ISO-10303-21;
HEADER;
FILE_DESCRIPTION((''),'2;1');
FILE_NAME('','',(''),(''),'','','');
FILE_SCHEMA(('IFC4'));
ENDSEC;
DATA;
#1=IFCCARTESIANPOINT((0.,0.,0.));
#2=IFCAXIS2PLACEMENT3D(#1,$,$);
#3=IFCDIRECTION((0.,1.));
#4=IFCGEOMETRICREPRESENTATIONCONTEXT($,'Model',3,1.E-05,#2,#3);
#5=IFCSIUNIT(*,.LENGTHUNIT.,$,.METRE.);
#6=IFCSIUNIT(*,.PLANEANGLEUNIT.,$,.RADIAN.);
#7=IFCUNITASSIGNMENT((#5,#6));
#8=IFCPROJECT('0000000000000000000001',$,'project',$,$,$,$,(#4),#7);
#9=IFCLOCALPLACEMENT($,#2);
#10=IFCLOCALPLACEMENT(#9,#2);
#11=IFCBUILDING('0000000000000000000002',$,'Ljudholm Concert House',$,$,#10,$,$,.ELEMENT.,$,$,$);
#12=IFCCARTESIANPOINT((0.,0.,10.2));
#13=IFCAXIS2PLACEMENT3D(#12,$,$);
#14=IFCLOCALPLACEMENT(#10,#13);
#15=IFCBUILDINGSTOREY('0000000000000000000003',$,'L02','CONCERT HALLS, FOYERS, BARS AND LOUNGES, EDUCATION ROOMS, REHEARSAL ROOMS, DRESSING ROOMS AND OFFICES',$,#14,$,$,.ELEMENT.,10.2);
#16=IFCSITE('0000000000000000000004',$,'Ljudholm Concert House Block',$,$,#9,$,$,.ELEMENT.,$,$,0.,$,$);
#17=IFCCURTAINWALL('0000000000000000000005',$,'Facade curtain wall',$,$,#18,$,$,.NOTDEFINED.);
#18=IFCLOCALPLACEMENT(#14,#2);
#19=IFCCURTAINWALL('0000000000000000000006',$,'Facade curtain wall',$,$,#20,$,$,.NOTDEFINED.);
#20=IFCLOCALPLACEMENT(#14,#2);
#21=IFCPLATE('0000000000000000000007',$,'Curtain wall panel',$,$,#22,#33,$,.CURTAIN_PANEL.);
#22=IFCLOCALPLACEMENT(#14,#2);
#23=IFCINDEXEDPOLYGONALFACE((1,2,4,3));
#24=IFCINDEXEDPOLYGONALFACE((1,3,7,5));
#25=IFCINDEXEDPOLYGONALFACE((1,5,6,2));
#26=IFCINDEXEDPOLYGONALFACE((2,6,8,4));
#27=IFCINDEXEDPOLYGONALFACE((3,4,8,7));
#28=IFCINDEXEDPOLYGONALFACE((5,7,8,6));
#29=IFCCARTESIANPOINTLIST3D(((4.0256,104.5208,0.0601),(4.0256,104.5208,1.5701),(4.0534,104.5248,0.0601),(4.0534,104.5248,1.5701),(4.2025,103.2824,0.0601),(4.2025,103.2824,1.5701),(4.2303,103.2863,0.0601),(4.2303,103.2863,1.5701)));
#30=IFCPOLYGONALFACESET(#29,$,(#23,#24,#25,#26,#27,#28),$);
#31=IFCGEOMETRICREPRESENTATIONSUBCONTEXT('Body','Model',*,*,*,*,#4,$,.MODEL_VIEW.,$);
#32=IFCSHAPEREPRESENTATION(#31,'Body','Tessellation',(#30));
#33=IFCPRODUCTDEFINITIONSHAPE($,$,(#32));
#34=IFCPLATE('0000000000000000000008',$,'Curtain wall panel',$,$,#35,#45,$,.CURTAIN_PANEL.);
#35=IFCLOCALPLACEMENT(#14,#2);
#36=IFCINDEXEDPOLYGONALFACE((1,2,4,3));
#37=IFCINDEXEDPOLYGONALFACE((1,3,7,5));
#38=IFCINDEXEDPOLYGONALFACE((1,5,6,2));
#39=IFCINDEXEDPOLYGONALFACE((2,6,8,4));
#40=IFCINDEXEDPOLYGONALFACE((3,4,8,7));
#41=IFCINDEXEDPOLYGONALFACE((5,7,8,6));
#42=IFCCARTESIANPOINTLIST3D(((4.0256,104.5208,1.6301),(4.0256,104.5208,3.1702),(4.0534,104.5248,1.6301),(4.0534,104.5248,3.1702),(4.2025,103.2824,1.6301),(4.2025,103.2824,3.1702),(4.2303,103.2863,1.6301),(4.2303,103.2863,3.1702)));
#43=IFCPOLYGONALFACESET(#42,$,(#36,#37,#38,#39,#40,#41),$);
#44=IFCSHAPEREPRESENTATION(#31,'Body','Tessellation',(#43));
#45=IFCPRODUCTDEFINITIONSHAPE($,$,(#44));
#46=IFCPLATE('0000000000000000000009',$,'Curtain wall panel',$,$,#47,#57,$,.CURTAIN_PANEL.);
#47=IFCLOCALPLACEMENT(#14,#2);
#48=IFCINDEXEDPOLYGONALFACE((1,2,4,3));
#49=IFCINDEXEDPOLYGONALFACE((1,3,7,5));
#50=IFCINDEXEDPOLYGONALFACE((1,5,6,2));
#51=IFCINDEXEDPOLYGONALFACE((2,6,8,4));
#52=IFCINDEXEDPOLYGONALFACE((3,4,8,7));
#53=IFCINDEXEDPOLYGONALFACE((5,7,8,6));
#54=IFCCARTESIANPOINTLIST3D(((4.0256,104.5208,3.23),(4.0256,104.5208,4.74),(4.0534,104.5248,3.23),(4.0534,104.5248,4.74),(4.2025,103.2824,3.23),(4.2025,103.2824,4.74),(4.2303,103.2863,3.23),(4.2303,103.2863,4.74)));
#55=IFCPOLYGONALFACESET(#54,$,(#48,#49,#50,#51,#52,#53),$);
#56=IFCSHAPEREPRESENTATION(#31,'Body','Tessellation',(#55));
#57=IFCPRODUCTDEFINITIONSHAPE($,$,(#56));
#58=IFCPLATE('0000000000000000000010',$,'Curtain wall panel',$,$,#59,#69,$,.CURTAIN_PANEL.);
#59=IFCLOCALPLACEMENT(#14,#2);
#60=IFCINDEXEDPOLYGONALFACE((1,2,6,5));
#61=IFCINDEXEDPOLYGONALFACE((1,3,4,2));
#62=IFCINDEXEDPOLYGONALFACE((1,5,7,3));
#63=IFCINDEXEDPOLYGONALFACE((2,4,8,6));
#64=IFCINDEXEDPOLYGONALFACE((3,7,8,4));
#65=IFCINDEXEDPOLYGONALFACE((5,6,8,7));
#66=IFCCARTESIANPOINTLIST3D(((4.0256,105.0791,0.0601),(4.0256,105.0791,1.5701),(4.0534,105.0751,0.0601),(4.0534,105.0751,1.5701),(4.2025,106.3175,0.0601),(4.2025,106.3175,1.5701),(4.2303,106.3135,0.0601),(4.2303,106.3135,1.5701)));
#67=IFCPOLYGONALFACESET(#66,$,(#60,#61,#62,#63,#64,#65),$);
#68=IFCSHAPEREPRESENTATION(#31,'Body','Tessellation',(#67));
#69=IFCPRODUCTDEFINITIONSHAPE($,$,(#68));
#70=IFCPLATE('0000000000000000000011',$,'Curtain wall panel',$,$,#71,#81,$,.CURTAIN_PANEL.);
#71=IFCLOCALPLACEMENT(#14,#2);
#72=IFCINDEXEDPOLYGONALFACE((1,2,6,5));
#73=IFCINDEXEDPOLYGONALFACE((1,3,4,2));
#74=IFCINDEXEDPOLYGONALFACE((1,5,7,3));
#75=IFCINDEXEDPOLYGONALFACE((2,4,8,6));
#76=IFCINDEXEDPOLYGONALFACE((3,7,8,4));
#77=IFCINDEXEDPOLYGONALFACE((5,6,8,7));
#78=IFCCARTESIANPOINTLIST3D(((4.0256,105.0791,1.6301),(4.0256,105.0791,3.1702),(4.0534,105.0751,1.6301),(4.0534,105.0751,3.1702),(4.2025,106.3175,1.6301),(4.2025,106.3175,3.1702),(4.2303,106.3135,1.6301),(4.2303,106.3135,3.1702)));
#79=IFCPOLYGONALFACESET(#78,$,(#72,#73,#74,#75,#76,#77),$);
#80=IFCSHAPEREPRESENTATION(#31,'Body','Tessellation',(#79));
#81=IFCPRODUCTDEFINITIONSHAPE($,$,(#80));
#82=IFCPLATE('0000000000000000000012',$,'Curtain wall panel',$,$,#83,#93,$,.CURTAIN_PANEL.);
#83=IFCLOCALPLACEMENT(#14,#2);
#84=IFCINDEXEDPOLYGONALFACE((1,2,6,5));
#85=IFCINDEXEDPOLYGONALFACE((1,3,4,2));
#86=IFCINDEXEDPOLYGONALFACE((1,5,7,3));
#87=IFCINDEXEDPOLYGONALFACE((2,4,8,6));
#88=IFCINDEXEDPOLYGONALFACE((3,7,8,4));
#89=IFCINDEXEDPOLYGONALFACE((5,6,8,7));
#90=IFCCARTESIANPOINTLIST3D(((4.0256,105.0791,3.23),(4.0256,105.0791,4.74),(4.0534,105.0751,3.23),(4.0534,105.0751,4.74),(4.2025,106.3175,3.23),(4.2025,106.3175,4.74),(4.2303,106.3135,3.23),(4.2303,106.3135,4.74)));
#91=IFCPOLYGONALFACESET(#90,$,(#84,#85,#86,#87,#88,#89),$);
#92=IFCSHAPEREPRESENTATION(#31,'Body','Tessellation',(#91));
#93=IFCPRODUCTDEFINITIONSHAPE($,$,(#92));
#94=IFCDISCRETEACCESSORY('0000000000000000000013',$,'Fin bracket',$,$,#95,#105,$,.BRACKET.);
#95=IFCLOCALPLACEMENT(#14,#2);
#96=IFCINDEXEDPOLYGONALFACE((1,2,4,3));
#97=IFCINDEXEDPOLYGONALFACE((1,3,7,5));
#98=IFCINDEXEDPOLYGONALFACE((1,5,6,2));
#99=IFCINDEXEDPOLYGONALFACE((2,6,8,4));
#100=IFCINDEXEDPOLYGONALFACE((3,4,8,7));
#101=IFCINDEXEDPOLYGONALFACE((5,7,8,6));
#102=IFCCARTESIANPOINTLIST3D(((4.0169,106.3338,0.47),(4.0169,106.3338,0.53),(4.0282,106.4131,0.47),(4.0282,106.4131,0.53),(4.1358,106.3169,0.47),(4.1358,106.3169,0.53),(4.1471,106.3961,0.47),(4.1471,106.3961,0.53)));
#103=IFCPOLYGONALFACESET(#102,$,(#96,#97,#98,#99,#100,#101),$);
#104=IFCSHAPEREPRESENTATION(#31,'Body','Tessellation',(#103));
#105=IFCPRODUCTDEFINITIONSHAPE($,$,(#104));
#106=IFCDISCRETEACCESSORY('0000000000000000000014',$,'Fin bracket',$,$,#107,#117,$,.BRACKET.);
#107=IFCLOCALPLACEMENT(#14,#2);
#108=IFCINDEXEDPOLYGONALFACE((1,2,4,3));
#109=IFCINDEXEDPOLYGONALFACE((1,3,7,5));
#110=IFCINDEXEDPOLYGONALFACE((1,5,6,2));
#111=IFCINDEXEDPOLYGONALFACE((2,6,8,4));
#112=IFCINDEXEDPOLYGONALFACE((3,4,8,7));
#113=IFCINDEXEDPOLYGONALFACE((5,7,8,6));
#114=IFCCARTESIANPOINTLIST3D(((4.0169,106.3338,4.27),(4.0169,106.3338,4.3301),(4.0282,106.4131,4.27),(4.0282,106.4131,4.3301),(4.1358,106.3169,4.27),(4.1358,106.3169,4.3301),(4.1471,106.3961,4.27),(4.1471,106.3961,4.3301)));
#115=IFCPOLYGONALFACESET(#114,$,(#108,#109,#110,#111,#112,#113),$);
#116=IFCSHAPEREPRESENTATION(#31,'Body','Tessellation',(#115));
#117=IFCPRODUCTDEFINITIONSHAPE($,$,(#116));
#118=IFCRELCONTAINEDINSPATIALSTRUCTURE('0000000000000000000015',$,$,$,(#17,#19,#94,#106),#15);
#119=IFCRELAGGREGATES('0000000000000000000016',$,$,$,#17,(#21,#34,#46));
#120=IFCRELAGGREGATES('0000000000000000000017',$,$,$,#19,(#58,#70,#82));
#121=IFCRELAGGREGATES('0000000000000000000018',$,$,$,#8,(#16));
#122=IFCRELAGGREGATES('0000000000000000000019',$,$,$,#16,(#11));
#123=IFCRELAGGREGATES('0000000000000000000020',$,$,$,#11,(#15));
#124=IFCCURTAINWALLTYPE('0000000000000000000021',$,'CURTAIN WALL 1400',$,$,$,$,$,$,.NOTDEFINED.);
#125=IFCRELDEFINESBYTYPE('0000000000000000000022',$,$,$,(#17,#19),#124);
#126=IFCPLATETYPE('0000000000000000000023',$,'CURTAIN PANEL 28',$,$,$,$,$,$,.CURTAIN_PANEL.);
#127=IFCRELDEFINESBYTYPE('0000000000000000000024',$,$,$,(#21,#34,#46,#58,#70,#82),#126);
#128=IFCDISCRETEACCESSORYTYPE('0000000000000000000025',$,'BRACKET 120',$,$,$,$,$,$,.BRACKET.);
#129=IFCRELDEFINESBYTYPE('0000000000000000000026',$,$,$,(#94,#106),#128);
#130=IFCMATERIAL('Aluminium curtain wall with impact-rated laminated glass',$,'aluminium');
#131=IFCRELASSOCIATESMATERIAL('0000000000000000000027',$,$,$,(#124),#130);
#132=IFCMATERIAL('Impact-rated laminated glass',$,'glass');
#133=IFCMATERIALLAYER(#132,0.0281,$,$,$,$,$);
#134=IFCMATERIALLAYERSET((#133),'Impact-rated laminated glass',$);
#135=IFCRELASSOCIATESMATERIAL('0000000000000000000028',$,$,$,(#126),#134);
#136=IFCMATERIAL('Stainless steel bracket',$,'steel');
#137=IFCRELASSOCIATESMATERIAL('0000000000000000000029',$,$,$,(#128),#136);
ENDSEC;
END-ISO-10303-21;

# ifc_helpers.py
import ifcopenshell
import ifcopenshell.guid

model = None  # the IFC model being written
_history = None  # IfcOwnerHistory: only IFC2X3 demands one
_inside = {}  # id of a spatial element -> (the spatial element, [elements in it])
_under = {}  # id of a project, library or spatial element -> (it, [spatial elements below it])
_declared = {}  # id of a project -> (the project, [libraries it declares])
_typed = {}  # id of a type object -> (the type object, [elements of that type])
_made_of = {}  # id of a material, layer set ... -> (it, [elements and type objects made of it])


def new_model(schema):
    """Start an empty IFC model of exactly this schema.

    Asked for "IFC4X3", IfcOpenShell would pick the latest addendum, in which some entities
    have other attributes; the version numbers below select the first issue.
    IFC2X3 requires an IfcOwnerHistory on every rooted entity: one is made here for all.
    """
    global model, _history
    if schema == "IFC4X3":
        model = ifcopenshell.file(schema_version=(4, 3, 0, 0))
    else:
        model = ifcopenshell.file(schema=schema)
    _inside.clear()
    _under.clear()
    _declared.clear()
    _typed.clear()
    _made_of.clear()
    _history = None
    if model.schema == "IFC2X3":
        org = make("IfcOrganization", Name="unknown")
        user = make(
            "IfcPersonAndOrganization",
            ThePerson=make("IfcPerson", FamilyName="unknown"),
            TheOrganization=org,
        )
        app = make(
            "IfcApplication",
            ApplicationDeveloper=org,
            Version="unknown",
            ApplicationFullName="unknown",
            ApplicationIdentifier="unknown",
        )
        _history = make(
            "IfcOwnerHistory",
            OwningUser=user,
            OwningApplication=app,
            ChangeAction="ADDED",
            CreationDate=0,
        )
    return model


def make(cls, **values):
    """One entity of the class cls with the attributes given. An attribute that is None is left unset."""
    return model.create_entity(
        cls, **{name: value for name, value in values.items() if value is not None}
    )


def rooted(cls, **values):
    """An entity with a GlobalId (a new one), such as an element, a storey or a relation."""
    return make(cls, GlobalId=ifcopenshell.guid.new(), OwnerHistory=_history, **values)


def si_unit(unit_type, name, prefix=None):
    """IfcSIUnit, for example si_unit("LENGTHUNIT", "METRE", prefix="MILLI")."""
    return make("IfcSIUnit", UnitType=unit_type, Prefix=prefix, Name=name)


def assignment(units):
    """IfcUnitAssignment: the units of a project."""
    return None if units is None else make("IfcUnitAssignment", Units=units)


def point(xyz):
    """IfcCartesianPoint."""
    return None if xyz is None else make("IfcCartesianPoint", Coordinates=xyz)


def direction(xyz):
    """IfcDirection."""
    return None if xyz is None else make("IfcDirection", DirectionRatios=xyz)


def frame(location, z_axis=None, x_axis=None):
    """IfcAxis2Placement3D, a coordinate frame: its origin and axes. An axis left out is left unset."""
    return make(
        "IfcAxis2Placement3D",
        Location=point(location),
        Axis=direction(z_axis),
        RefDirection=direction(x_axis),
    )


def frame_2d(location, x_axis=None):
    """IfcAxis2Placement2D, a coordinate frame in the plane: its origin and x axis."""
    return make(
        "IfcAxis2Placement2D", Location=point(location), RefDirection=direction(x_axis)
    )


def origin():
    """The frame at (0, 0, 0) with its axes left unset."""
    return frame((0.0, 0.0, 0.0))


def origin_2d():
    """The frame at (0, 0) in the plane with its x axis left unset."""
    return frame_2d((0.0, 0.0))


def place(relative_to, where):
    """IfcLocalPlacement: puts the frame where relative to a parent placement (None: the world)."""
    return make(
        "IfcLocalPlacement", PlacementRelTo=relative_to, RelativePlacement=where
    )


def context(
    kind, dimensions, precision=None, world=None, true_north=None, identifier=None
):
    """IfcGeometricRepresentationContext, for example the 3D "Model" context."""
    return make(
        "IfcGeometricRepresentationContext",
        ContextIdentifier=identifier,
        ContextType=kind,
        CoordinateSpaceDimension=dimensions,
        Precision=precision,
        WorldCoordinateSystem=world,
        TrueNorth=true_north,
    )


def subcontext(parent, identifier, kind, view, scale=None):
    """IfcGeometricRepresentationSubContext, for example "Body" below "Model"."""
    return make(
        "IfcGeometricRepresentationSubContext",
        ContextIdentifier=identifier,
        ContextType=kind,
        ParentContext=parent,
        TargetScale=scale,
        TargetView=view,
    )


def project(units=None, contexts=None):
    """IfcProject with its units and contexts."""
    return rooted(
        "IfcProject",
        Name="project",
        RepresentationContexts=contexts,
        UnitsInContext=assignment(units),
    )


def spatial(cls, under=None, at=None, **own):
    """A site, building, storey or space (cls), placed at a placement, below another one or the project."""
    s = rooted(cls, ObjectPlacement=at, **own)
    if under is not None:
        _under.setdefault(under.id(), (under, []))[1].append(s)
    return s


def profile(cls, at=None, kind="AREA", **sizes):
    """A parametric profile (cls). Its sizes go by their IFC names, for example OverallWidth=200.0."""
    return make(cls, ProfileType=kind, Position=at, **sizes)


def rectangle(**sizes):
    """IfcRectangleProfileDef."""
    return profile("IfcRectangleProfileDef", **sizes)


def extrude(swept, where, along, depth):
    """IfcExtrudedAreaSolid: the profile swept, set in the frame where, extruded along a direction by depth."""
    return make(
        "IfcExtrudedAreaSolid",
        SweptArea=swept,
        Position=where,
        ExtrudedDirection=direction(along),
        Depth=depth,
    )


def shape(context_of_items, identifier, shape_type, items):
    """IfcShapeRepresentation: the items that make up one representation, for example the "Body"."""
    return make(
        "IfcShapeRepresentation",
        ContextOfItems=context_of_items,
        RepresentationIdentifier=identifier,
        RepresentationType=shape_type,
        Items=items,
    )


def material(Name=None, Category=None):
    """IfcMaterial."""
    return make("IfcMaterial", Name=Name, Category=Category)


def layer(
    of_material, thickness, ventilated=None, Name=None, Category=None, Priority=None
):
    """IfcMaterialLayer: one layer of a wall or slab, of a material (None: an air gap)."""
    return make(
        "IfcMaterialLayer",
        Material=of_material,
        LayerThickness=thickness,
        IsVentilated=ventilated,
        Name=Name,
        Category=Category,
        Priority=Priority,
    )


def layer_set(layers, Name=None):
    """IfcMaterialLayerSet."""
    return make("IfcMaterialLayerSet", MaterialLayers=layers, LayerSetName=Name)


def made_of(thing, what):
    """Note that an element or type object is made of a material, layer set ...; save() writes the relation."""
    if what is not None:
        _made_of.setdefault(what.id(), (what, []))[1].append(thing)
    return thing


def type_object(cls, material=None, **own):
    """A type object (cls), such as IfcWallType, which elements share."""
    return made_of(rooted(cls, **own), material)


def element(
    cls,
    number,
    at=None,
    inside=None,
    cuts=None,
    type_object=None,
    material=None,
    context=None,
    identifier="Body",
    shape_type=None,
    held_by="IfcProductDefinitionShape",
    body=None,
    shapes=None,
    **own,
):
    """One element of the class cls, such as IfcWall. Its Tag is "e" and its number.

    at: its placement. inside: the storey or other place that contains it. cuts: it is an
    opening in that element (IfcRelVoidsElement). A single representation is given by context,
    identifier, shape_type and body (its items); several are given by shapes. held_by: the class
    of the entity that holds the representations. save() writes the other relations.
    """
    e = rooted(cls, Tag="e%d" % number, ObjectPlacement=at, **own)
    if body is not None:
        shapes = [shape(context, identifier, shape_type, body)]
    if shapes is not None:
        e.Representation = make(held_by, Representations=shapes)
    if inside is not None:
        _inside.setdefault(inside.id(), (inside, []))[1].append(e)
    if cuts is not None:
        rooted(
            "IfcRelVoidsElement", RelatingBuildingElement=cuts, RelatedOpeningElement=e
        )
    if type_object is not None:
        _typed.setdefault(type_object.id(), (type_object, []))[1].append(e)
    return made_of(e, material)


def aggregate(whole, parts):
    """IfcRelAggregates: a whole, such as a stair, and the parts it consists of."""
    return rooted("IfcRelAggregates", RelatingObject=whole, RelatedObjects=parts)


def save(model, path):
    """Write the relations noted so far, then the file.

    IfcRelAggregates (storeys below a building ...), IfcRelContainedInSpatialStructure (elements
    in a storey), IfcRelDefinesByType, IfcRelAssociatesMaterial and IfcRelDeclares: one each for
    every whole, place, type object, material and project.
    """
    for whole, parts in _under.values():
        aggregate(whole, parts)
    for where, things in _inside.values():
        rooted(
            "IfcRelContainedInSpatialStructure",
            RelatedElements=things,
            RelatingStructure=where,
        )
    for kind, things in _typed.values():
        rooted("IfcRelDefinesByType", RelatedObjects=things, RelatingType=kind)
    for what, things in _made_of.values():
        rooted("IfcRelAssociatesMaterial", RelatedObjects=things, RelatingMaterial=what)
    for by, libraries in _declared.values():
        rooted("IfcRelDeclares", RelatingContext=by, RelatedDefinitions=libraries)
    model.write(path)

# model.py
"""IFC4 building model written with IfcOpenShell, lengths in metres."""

from ifc_helpers import new_model, si_unit, direction, frame, origin, origin_2d, place, context, subcontext, project, spatial, rectangle, extrude, material, layer, layer_set, type_object, element, aggregate, save


model = new_model("IFC4")

# Units and contexts
model_context = context("Model", 3, precision=1e-05, world=origin(), true_north=direction((0.0, 1.0)))
body_context = subcontext(model_context, "Body", "Model", "MODEL_VIEW")
ifc_project = project(units=[si_unit("LENGTHUNIT", "METRE"), si_unit("PLANEANGLEUNIT", "RADIAN")], contexts=[model_context])

# Site, building, storey
site_placement = place(None, origin())
site = spatial("IfcSite", under=ifc_project, at=site_placement, Name="Ljudholm Concert House Block", CompositionType="ELEMENT", RefElevation=0.0)
building_placement = place(site_placement, origin())
building = spatial("IfcBuilding", under=site, at=building_placement, Name="Ljudholm Concert House", CompositionType="ELEMENT")
storey_placement = place(building_placement, frame((0.0, 0.0, 10.2)))
storey = spatial("IfcBuildingStorey", under=building, at=storey_placement, Name="L02", Description="CONCERT HALLS, FOYERS, BARS AND LOUNGES, EDUCATION ROOMS, REHEARSAL ROOMS, DRESSING ROOMS AND OFFICES", CompositionType="ELEMENT", Elevation=10.2)

# Curtain walls
ifc_material_1 = material(Name="Aluminium curtain wall with impact-rated laminated glass", Category="aluminium")
curtain_wall_type = type_object("IfcCurtainWallType", Name="CURTAIN WALL 1400", PredefinedType="NOTDEFINED", material=ifc_material_1)
curtain_wall_1_placement = place(storey_placement, origin())
curtain_wall_1 = element("IfcCurtainWall", 1, at=curtain_wall_1_placement, inside=storey, type_object=curtain_wall_type, Name="Facade curtain wall", PredefinedType="NOTDEFINED")
curtain_wall_2_placement = place(storey_placement, origin())
curtain_wall_2 = element("IfcCurtainWall", 2, at=curtain_wall_2_placement, inside=storey, type_object=curtain_wall_type, Name="Facade curtain wall", PredefinedType="NOTDEFINED")

# Plates
ifc_material_2 = material(Name="Impact-rated laminated glass", Category="glass")
ifc_layer = layer(ifc_material_2, 0.0281)
ifc_layer_set = layer_set([ifc_layer], Name="Impact-rated laminated glass")
plate_type = type_object("IfcPlateType", Name="CURTAIN PANEL 28", PredefinedType="CURTAIN_PANEL", material=ifc_layer_set)
plate_1_placement = place(storey_placement, frame((4.1279, 103.9036, 0.0601), z_axis=(0.0, 0.0, 1.0), x_axis=(-0.141421, 0.989949, 0.0)))
plate_1 = element("IfcPlate", 3, at=plate_1_placement, type_object=plate_type, Name="Curtain wall panel", PredefinedType="CURTAIN_PANEL", context=body_context, shape_type="SweptSolid", body=[
    extrude(rectangle(XDim=1.251, YDim=0.0281, at=origin_2d()), origin(), (0.0, 0.0, 1.0), 1.51),
])
plate_2_placement = place(storey_placement, frame((4.1279, 103.9036, 1.6301), z_axis=(0.0, 0.0, 1.0), x_axis=(-0.141421, 0.989949, 0.0)))
plate_2 = element("IfcPlate", 4, at=plate_2_placement, type_object=plate_type, Name="Curtain wall panel", PredefinedType="CURTAIN_PANEL", context=body_context, shape_type="SweptSolid", body=[
    extrude(rectangle(XDim=1.251, YDim=0.0281, at=origin_2d()), origin(), (0.0, 0.0, 1.0), 1.54),
])
plate_3_placement = place(storey_placement, frame((4.1279, 103.9036, 3.23), z_axis=(0.0, 0.0, 1.0), x_axis=(-0.141421, 0.989949, 0.0)))
plate_3 = element("IfcPlate", 5, at=plate_3_placement, type_object=plate_type, Name="Curtain wall panel", PredefinedType="CURTAIN_PANEL", context=body_context, shape_type="SweptSolid", body=[
    extrude(rectangle(XDim=1.251, YDim=0.0281, at=origin_2d()), origin(), (0.0, 0.0, 1.0), 1.51),
])
aggregate(curtain_wall_1, [plate_1, plate_2, plate_3])
plate_4_placement = place(storey_placement, frame((4.1279, 105.6963, 0.0601), z_axis=(0.0, 0.0, 1.0), x_axis=(0.141421, 0.989949, 0.0)))
plate_4 = element("IfcPlate", 6, at=plate_4_placement, type_object=plate_type, Name="Curtain wall panel", PredefinedType="CURTAIN_PANEL", context=body_context, shape_type="SweptSolid", body=[
    extrude(rectangle(XDim=1.251, YDim=0.0281, at=origin_2d()), origin(), (0.0, 0.0, 1.0), 1.51),
])
plate_5_placement = place(storey_placement, frame((4.1279, 105.6963, 1.6301), z_axis=(0.0, 0.0, 1.0), x_axis=(0.141421, 0.989949, 0.0)))
plate_5 = element("IfcPlate", 7, at=plate_5_placement, type_object=plate_type, Name="Curtain wall panel", PredefinedType="CURTAIN_PANEL", context=body_context, shape_type="SweptSolid", body=[
    extrude(rectangle(XDim=1.251, YDim=0.0281, at=origin_2d()), origin(), (0.0, 0.0, 1.0), 1.54),
])
plate_6_placement = place(storey_placement, frame((4.1279, 105.6963, 3.23), z_axis=(0.0, 0.0, 1.0), x_axis=(0.141421, 0.989949, 0.0)))
plate_6 = element("IfcPlate", 8, at=plate_6_placement, type_object=plate_type, Name="Curtain wall panel", PredefinedType="CURTAIN_PANEL", context=body_context, shape_type="SweptSolid", body=[
    extrude(rectangle(XDim=1.251, YDim=0.0281, at=origin_2d()), origin(), (0.0, 0.0, 1.0), 1.51),
])
aggregate(curtain_wall_2, [plate_4, plate_5, plate_6])

# Discrete accessories
ifc_material_3 = material(Name="Stainless steel bracket", Category="steel")
discrete_accessory_type = type_object("IfcDiscreteAccessoryType", Name="BRACKET 120", PredefinedType="BRACKET", material=ifc_material_3)
for number, where, z_axis, x_axis, name in (
    (9, (4.082, 106.365, 0.47), (0.0, 0.0, 1.0), (-0.989949, 0.141421, 0.0), "Fin bracket"),
    (10, (4.082, 106.365, 4.27), (0.0, 0.0, 1.0), (-0.989949, 0.141421, 0.0), "Fin bracket"),
):
    element("IfcDiscreteAccessory", number, at=place(storey_placement, frame(where, z_axis=z_axis, x_axis=x_axis)), inside=storey, type_object=discrete_accessory_type, Name=name, PredefinedType="BRACKET", context=body_context, shape_type="SweptSolid", body=[
        extrude(rectangle(XDim=0.1201, YDim=0.0801, at=origin_2d()), origin(), (0.0, 0.0, 1.0), 0.0601),
    ])

save(model, "model.ifc")
